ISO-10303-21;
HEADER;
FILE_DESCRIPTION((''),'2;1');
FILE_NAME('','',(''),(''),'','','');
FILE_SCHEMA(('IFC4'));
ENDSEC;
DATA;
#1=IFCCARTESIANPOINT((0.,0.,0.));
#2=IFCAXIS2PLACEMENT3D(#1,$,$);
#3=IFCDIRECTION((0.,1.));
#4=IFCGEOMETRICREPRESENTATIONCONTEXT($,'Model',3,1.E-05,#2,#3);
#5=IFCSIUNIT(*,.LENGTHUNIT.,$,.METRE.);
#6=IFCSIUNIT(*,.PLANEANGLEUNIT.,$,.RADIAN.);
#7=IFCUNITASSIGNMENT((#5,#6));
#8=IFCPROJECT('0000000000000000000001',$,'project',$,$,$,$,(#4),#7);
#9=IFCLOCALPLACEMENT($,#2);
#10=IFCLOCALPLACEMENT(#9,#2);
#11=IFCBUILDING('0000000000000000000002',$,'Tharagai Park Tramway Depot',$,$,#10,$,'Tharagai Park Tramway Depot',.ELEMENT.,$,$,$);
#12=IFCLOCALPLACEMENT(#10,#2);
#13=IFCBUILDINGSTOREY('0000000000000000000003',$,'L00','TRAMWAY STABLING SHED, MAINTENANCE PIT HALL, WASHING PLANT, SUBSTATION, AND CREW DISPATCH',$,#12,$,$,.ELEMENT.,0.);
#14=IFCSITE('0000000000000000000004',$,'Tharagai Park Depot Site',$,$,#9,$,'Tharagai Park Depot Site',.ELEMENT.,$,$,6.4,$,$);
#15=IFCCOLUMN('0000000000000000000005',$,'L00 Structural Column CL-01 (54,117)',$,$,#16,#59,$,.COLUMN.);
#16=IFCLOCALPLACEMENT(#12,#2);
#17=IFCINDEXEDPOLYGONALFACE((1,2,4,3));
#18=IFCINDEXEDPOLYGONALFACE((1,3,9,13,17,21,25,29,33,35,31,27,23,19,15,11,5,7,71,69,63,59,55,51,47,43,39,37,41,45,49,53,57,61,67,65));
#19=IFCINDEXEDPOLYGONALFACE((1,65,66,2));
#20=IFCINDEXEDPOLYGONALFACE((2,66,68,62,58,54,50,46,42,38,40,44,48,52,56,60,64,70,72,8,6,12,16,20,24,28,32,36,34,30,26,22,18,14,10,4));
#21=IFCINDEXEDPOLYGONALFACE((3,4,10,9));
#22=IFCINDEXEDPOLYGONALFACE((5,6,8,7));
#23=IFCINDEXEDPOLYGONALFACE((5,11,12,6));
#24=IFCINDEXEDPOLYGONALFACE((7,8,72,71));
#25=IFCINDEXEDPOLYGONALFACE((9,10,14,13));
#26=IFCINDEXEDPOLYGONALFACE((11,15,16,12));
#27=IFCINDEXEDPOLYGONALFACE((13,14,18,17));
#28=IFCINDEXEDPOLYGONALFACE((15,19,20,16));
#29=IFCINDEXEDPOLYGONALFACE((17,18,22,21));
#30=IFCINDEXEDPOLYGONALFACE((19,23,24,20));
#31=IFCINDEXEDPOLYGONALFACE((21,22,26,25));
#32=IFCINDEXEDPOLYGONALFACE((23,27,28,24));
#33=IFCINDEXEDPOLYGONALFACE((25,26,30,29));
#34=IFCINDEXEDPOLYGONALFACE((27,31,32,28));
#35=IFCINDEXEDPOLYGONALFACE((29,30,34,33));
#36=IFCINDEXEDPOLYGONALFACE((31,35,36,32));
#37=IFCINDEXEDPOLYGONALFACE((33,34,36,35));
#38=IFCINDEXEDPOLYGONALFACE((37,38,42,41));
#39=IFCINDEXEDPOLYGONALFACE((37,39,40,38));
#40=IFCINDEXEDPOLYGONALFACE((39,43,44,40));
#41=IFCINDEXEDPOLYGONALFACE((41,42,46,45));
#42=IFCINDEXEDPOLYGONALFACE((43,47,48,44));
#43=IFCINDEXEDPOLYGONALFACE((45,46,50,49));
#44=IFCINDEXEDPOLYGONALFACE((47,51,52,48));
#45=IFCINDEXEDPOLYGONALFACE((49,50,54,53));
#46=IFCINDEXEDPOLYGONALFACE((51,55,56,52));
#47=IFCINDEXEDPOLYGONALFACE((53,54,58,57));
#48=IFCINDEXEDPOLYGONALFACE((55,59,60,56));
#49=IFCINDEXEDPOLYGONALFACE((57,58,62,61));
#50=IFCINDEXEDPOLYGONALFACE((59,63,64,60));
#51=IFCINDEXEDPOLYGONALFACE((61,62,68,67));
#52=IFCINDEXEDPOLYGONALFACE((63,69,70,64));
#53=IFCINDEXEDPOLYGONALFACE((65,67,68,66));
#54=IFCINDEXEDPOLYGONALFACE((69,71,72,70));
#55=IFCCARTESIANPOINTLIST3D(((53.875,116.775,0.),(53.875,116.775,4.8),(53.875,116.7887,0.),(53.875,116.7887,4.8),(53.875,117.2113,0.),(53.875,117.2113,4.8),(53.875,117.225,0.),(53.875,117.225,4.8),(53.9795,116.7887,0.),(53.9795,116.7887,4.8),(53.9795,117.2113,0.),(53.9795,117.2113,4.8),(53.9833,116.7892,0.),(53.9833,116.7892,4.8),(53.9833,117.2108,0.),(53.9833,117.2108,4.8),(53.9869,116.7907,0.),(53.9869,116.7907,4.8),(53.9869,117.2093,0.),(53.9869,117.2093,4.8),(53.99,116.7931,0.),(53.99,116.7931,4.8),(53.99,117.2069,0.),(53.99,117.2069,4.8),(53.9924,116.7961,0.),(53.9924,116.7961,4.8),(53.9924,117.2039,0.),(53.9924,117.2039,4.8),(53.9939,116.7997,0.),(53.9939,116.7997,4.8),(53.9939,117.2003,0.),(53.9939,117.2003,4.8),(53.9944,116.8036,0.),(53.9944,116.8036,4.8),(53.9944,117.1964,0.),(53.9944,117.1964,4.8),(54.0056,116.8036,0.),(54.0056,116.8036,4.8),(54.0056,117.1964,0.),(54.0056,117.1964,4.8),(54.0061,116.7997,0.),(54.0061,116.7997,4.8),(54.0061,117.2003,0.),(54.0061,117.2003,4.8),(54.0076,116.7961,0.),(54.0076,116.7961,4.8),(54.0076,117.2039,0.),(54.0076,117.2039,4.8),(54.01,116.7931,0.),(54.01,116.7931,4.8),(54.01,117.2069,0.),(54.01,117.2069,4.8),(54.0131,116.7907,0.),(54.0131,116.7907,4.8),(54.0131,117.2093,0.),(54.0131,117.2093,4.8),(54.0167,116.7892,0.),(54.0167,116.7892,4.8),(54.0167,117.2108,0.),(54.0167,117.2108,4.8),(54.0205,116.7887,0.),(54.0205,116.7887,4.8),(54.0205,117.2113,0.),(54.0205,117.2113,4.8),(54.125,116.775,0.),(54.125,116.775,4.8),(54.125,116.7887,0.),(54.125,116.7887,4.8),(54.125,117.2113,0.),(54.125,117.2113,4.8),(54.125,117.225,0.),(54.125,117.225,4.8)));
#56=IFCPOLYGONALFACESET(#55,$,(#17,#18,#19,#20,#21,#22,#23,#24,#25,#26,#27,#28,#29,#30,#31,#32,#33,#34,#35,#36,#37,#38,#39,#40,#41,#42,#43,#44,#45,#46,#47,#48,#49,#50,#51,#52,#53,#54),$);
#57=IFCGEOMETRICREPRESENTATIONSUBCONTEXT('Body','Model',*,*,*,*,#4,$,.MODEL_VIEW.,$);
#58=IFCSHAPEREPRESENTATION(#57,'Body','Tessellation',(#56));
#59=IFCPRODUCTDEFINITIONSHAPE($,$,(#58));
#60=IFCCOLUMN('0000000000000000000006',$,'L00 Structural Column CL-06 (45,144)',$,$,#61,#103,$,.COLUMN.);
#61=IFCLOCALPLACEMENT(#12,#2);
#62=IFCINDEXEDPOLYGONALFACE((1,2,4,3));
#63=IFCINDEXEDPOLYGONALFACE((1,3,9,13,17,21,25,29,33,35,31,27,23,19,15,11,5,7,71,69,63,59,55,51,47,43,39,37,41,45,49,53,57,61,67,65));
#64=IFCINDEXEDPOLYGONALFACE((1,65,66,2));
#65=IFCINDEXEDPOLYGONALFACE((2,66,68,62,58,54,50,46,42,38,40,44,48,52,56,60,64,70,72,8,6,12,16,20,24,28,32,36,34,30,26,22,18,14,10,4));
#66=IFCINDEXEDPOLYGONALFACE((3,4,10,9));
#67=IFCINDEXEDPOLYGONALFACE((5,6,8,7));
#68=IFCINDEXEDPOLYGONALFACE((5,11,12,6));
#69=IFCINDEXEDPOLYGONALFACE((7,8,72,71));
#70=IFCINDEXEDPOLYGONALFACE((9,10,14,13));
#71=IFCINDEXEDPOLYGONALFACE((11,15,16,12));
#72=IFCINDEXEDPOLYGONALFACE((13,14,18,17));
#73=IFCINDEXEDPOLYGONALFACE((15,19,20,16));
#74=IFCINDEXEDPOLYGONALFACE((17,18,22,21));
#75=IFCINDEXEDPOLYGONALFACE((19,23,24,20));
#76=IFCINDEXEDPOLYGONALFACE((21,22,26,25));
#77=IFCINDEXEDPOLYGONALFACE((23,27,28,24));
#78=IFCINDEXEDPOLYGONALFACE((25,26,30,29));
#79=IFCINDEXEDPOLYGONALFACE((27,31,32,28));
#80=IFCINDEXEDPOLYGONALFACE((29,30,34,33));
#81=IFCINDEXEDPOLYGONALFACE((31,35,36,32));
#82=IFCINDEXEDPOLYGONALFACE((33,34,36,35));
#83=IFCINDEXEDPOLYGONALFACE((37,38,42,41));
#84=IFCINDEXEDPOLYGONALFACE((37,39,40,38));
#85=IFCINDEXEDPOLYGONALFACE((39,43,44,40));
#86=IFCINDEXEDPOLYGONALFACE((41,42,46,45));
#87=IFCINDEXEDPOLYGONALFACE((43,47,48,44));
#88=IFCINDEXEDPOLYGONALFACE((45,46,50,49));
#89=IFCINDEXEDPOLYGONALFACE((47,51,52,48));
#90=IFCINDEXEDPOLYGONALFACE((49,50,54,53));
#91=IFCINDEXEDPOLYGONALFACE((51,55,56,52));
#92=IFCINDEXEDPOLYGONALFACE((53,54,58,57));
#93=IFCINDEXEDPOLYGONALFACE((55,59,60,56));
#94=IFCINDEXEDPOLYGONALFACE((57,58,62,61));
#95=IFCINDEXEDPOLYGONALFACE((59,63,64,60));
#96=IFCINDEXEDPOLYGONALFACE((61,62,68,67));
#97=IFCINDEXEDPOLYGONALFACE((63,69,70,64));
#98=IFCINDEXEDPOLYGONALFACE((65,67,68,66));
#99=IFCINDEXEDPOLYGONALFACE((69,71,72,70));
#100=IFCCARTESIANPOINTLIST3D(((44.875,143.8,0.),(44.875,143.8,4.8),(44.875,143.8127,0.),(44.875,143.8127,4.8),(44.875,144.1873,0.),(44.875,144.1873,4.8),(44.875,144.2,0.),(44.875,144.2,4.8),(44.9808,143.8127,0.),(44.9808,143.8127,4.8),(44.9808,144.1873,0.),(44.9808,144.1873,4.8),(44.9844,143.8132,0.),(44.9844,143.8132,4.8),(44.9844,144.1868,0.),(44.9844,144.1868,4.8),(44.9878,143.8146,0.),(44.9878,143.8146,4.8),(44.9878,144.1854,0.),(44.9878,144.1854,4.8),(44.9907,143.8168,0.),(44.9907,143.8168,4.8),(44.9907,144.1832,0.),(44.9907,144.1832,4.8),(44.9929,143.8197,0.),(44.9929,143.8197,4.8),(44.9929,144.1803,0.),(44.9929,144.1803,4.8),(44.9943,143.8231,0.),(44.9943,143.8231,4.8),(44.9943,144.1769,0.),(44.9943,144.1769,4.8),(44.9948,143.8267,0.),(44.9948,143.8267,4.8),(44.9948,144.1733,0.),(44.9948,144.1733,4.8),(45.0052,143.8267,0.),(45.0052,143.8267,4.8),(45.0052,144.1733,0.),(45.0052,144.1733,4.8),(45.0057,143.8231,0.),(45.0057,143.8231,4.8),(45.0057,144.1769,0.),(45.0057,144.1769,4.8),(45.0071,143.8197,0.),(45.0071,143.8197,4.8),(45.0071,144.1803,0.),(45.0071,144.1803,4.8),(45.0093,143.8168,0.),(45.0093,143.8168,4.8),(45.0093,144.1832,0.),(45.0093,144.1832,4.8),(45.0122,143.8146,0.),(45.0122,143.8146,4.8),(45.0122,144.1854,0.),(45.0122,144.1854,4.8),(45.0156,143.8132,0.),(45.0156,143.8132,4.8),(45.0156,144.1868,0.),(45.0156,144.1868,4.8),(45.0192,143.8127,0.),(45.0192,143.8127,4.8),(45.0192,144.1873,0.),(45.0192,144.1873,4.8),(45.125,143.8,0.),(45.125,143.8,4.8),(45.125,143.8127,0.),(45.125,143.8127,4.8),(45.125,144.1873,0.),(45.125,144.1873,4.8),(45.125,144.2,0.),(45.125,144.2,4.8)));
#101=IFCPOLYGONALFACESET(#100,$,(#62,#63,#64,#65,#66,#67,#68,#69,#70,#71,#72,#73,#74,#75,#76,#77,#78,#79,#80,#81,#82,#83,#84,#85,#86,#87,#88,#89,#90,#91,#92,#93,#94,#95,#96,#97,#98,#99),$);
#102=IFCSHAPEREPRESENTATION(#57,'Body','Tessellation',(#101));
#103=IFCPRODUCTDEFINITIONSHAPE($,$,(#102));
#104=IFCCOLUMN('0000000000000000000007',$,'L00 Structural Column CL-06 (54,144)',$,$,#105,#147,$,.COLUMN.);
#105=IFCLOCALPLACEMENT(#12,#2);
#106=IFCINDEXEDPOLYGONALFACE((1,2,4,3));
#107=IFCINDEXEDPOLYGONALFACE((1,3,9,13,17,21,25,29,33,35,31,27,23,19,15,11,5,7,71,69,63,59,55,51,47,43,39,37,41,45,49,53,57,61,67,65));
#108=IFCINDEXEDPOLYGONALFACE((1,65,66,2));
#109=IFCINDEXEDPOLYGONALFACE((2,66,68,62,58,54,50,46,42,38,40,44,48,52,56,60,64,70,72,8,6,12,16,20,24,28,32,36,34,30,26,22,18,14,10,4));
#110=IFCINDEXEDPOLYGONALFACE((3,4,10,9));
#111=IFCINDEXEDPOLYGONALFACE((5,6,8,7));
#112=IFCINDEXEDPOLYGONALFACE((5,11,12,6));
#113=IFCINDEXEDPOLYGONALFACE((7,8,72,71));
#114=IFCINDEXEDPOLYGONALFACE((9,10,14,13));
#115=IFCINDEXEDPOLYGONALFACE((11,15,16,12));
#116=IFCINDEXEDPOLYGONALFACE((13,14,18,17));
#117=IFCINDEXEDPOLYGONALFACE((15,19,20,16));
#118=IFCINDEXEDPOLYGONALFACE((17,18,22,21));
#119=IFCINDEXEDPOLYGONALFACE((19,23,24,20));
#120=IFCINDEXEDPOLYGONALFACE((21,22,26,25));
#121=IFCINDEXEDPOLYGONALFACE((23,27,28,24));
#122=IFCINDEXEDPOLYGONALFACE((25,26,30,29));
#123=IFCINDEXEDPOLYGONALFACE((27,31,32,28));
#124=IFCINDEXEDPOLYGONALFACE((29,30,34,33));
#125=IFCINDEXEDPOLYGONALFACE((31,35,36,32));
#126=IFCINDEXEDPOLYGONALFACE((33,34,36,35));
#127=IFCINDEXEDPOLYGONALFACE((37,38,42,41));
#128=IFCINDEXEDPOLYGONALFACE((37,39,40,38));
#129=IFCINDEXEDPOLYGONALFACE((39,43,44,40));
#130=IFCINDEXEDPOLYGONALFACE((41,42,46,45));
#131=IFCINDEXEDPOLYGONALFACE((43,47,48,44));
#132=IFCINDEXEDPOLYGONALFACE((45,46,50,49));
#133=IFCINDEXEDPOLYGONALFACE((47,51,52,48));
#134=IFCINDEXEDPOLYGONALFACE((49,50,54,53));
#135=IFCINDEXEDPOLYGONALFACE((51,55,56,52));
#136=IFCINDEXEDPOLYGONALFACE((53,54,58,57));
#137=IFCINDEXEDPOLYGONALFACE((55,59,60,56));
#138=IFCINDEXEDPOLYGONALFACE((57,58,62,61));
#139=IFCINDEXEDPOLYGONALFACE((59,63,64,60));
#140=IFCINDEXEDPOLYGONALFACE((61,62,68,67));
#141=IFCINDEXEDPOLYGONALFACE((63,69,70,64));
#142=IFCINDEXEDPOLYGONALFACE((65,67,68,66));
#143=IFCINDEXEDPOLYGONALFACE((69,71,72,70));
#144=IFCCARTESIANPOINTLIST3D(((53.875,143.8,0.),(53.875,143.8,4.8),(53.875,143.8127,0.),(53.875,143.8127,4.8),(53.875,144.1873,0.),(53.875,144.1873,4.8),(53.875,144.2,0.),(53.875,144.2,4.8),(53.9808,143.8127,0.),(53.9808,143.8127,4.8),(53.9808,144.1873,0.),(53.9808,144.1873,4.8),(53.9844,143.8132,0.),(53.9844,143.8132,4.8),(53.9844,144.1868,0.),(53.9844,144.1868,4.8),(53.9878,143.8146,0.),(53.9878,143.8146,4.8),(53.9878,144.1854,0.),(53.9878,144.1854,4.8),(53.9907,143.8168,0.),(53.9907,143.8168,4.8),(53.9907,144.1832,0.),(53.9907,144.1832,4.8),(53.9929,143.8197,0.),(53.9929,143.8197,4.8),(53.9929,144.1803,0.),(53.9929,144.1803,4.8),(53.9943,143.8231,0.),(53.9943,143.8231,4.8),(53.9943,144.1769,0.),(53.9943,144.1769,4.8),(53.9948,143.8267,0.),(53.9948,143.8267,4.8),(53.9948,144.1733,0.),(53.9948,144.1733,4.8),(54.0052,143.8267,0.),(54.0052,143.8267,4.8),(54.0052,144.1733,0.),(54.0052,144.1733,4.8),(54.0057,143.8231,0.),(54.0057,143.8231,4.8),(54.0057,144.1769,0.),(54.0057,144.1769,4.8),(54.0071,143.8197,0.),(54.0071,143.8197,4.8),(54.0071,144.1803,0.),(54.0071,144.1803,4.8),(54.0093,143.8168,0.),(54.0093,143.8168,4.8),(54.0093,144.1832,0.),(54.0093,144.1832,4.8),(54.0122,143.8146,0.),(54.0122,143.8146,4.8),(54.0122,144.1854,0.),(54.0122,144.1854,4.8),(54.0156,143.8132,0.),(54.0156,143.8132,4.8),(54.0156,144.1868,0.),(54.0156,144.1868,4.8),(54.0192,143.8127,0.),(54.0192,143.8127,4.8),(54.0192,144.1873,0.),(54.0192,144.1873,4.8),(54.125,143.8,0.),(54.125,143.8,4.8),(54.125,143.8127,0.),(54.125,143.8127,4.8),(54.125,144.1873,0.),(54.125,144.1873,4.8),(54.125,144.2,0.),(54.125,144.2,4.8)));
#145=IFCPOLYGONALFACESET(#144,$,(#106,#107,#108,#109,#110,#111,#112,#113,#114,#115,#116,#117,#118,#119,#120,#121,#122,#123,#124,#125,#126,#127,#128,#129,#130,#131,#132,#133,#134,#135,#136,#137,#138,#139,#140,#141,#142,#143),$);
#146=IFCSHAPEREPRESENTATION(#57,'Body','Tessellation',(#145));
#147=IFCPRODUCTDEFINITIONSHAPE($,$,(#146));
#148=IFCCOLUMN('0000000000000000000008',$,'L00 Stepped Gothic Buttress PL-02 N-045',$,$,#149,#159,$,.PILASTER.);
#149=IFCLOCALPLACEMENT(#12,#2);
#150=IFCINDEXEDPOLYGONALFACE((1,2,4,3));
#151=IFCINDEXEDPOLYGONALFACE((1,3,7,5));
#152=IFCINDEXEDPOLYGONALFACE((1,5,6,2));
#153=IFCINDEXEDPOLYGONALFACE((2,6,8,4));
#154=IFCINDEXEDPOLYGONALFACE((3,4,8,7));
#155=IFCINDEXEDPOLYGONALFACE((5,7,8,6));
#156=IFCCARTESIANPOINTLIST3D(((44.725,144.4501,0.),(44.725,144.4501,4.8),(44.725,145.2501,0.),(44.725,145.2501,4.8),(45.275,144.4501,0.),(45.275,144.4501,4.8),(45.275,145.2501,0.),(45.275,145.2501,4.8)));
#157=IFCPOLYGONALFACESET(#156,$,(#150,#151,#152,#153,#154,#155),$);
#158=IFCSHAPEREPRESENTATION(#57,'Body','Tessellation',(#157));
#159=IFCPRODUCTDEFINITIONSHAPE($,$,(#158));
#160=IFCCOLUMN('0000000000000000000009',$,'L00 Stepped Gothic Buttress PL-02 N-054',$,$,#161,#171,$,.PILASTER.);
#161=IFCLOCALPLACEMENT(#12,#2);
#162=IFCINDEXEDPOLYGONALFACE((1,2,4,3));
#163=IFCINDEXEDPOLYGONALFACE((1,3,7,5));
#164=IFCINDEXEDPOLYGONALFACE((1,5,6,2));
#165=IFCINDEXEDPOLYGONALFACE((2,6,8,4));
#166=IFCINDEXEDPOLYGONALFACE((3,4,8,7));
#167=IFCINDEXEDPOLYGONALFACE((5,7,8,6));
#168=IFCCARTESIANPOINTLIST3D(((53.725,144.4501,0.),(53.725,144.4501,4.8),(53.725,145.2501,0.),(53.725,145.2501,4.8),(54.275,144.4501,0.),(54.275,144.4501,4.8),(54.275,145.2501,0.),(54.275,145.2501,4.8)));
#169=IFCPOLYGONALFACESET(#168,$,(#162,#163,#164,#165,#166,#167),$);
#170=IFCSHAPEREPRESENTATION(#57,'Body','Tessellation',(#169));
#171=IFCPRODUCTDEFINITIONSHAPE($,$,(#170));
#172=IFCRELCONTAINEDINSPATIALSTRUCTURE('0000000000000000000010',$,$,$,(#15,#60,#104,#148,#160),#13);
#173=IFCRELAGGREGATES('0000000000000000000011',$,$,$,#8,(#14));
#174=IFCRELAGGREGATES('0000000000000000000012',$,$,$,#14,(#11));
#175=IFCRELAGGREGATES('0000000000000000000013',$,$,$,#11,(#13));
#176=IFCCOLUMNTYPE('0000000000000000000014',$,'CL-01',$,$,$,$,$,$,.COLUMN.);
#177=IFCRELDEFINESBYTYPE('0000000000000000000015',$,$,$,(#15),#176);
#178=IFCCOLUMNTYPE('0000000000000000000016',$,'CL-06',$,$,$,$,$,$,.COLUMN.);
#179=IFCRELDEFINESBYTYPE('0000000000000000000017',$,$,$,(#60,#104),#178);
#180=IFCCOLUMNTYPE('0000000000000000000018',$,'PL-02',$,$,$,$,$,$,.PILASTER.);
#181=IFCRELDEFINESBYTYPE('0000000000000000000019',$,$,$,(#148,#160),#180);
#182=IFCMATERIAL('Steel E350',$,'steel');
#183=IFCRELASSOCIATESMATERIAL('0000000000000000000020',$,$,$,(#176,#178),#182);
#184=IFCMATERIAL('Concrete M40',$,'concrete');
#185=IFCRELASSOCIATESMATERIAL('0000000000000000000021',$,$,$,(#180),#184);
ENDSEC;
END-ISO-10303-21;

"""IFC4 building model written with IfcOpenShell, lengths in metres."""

from ifc_helpers import new_model, si_unit, direction, frame, origin, origin_2d, place, context, subcontext, project, spatial, rectangle, i_section, extrude, material, material_profile, profile_set, type_object, element, save


model = new_model("IFC4")

# Units and contexts
model_context = context("Model", 3, precision=1e-05, world=origin(), true_north=direction((0.0, 1.0)))
body_context = subcontext(model_context, "Body", "Model", "MODEL_VIEW")
ifc_project = project(units=[si_unit("LENGTHUNIT", "METRE"), si_unit("PLANEANGLEUNIT", "RADIAN")], contexts=[model_context])

# Site, building, storey
site_placement = place(None, origin())
site = spatial("IfcSite", under=ifc_project, at=site_placement, Name="Tharagai Park Depot Site", LongName="Tharagai Park Depot Site", CompositionType="ELEMENT", RefElevation=6.4)
building_placement = place(site_placement, origin())
building = spatial("IfcBuilding", under=site, at=building_placement, Name="Tharagai Park Tramway Depot", LongName="Tharagai Park Tramway Depot", CompositionType="ELEMENT")
storey_placement = place(building_placement, origin())
storey = spatial("IfcBuildingStorey", under=building, at=storey_placement, Name="L00", Description="TRAMWAY STABLING SHED, MAINTENANCE PIT HALL, WASHING PLANT, SUBSTATION, AND CREW DISPATCH", CompositionType="ELEMENT", Elevation=0.0)

# Shared definitions
ifc_material_1 = material(Name="Concrete M40", Category="concrete")

# Columns
ifc_material_2 = material(Name="Steel E350", Category="steel")
ifc_material_profile_1 = material_profile(ifc_material_2, i_section(OverallWidth=0.25, OverallDepth=0.45, WebThickness=0.0112, FlangeThickness=0.0137, FilletRadius=0.0149, at=origin_2d()), Name="ISHB 450")
ifc_profile_set_1 = profile_set([ifc_material_profile_1], Name="Steel E350")
column_type_1 = type_object("IfcColumnType", Name="CL-01", PredefinedType="COLUMN", material=ifc_profile_set_1)
for number, where, z_axis, x_axis, name in (
    (1, (54.0, 117.0, 0.0), (0.0, 0.0, 1.0), (1.0, 0.0, 0.0), "L00 Structural Column CL-01 (54,117)"),
):
    element("IfcColumn", number, at=place(storey_placement, frame(where, z_axis=z_axis, x_axis=x_axis)), inside=storey, type_object=column_type_1, Name=name, PredefinedType="COLUMN", context=body_context, shape_type="SweptSolid", body=[
        extrude(i_section(OverallWidth=0.25, OverallDepth=0.45, WebThickness=0.0112, FlangeThickness=0.0137, FilletRadius=0.0149, at=origin_2d()), origin(), (0.0, 0.0, 1.0), 4.8),
    ])
ifc_material_profile_2 = material_profile(ifc_material_2, i_section(OverallWidth=0.25, OverallDepth=0.3999, WebThickness=0.0105, FlangeThickness=0.0127, FilletRadius=0.0139, at=origin_2d()), Name="ISHB 400")
ifc_profile_set_2 = profile_set([ifc_material_profile_2], Name="Steel E350")
column_type_2 = type_object("IfcColumnType", Name="CL-06", PredefinedType="COLUMN", material=ifc_profile_set_2)
for number, where, z_axis, x_axis, name in (
    (2, (45.0, 144.0, 0.0), (0.0, 0.0, 1.0), (1.0, 0.0, 0.0), "L00 Structural Column CL-06 (45,144)"),
    (3, (54.0, 144.0, 0.0), (0.0, 0.0, 1.0), (1.0, 0.0, 0.0), "L00 Structural Column CL-06 (54,144)"),
):
    element("IfcColumn", number, at=place(storey_placement, frame(where, z_axis=z_axis, x_axis=x_axis)), inside=storey, type_object=column_type_2, Name=name, PredefinedType="COLUMN", context=body_context, shape_type="SweptSolid", body=[
        extrude(i_section(OverallWidth=0.25, OverallDepth=0.3999, WebThickness=0.0105, FlangeThickness=0.0127, FilletRadius=0.0139, at=origin_2d()), origin(), (0.0, 0.0, 1.0), 4.8),
    ])
ifc_material_profile_3 = material_profile(ifc_material_1, rectangle(XDim=0.55, YDim=0.8, at=origin_2d()), Name="RC 550x800")
ifc_profile_set_3 = profile_set([ifc_material_profile_3], Name="Concrete M40")
column_type_3 = type_object("IfcColumnType", Name="PL-02", PredefinedType="PILASTER", material=ifc_profile_set_3)
for number, where, z_axis, x_axis, name in (
    (4, (45.0, 144.8501, 0.0), (0.0, 0.0, 1.0), (1.0, 0.0, 0.0), "L00 Stepped Gothic Buttress PL-02 N-045"),
    (5, (54.0, 144.8501, 0.0), (0.0, 0.0, 1.0), (1.0, 0.0, 0.0), "L00 Stepped Gothic Buttress PL-02 N-054"),
):
    element("IfcColumn", number, at=place(storey_placement, frame(where, z_axis=z_axis, x_axis=x_axis)), inside=storey, type_object=column_type_3, Name=name, PredefinedType="PILASTER", context=body_context, shape_type="SweptSolid", body=[
        extrude(rectangle(XDim=0.55, YDim=0.8, at=origin_2d()), origin(), (0.0, 0.0, 1.0), 4.8),
    ])

save(model, "model.ifc")
